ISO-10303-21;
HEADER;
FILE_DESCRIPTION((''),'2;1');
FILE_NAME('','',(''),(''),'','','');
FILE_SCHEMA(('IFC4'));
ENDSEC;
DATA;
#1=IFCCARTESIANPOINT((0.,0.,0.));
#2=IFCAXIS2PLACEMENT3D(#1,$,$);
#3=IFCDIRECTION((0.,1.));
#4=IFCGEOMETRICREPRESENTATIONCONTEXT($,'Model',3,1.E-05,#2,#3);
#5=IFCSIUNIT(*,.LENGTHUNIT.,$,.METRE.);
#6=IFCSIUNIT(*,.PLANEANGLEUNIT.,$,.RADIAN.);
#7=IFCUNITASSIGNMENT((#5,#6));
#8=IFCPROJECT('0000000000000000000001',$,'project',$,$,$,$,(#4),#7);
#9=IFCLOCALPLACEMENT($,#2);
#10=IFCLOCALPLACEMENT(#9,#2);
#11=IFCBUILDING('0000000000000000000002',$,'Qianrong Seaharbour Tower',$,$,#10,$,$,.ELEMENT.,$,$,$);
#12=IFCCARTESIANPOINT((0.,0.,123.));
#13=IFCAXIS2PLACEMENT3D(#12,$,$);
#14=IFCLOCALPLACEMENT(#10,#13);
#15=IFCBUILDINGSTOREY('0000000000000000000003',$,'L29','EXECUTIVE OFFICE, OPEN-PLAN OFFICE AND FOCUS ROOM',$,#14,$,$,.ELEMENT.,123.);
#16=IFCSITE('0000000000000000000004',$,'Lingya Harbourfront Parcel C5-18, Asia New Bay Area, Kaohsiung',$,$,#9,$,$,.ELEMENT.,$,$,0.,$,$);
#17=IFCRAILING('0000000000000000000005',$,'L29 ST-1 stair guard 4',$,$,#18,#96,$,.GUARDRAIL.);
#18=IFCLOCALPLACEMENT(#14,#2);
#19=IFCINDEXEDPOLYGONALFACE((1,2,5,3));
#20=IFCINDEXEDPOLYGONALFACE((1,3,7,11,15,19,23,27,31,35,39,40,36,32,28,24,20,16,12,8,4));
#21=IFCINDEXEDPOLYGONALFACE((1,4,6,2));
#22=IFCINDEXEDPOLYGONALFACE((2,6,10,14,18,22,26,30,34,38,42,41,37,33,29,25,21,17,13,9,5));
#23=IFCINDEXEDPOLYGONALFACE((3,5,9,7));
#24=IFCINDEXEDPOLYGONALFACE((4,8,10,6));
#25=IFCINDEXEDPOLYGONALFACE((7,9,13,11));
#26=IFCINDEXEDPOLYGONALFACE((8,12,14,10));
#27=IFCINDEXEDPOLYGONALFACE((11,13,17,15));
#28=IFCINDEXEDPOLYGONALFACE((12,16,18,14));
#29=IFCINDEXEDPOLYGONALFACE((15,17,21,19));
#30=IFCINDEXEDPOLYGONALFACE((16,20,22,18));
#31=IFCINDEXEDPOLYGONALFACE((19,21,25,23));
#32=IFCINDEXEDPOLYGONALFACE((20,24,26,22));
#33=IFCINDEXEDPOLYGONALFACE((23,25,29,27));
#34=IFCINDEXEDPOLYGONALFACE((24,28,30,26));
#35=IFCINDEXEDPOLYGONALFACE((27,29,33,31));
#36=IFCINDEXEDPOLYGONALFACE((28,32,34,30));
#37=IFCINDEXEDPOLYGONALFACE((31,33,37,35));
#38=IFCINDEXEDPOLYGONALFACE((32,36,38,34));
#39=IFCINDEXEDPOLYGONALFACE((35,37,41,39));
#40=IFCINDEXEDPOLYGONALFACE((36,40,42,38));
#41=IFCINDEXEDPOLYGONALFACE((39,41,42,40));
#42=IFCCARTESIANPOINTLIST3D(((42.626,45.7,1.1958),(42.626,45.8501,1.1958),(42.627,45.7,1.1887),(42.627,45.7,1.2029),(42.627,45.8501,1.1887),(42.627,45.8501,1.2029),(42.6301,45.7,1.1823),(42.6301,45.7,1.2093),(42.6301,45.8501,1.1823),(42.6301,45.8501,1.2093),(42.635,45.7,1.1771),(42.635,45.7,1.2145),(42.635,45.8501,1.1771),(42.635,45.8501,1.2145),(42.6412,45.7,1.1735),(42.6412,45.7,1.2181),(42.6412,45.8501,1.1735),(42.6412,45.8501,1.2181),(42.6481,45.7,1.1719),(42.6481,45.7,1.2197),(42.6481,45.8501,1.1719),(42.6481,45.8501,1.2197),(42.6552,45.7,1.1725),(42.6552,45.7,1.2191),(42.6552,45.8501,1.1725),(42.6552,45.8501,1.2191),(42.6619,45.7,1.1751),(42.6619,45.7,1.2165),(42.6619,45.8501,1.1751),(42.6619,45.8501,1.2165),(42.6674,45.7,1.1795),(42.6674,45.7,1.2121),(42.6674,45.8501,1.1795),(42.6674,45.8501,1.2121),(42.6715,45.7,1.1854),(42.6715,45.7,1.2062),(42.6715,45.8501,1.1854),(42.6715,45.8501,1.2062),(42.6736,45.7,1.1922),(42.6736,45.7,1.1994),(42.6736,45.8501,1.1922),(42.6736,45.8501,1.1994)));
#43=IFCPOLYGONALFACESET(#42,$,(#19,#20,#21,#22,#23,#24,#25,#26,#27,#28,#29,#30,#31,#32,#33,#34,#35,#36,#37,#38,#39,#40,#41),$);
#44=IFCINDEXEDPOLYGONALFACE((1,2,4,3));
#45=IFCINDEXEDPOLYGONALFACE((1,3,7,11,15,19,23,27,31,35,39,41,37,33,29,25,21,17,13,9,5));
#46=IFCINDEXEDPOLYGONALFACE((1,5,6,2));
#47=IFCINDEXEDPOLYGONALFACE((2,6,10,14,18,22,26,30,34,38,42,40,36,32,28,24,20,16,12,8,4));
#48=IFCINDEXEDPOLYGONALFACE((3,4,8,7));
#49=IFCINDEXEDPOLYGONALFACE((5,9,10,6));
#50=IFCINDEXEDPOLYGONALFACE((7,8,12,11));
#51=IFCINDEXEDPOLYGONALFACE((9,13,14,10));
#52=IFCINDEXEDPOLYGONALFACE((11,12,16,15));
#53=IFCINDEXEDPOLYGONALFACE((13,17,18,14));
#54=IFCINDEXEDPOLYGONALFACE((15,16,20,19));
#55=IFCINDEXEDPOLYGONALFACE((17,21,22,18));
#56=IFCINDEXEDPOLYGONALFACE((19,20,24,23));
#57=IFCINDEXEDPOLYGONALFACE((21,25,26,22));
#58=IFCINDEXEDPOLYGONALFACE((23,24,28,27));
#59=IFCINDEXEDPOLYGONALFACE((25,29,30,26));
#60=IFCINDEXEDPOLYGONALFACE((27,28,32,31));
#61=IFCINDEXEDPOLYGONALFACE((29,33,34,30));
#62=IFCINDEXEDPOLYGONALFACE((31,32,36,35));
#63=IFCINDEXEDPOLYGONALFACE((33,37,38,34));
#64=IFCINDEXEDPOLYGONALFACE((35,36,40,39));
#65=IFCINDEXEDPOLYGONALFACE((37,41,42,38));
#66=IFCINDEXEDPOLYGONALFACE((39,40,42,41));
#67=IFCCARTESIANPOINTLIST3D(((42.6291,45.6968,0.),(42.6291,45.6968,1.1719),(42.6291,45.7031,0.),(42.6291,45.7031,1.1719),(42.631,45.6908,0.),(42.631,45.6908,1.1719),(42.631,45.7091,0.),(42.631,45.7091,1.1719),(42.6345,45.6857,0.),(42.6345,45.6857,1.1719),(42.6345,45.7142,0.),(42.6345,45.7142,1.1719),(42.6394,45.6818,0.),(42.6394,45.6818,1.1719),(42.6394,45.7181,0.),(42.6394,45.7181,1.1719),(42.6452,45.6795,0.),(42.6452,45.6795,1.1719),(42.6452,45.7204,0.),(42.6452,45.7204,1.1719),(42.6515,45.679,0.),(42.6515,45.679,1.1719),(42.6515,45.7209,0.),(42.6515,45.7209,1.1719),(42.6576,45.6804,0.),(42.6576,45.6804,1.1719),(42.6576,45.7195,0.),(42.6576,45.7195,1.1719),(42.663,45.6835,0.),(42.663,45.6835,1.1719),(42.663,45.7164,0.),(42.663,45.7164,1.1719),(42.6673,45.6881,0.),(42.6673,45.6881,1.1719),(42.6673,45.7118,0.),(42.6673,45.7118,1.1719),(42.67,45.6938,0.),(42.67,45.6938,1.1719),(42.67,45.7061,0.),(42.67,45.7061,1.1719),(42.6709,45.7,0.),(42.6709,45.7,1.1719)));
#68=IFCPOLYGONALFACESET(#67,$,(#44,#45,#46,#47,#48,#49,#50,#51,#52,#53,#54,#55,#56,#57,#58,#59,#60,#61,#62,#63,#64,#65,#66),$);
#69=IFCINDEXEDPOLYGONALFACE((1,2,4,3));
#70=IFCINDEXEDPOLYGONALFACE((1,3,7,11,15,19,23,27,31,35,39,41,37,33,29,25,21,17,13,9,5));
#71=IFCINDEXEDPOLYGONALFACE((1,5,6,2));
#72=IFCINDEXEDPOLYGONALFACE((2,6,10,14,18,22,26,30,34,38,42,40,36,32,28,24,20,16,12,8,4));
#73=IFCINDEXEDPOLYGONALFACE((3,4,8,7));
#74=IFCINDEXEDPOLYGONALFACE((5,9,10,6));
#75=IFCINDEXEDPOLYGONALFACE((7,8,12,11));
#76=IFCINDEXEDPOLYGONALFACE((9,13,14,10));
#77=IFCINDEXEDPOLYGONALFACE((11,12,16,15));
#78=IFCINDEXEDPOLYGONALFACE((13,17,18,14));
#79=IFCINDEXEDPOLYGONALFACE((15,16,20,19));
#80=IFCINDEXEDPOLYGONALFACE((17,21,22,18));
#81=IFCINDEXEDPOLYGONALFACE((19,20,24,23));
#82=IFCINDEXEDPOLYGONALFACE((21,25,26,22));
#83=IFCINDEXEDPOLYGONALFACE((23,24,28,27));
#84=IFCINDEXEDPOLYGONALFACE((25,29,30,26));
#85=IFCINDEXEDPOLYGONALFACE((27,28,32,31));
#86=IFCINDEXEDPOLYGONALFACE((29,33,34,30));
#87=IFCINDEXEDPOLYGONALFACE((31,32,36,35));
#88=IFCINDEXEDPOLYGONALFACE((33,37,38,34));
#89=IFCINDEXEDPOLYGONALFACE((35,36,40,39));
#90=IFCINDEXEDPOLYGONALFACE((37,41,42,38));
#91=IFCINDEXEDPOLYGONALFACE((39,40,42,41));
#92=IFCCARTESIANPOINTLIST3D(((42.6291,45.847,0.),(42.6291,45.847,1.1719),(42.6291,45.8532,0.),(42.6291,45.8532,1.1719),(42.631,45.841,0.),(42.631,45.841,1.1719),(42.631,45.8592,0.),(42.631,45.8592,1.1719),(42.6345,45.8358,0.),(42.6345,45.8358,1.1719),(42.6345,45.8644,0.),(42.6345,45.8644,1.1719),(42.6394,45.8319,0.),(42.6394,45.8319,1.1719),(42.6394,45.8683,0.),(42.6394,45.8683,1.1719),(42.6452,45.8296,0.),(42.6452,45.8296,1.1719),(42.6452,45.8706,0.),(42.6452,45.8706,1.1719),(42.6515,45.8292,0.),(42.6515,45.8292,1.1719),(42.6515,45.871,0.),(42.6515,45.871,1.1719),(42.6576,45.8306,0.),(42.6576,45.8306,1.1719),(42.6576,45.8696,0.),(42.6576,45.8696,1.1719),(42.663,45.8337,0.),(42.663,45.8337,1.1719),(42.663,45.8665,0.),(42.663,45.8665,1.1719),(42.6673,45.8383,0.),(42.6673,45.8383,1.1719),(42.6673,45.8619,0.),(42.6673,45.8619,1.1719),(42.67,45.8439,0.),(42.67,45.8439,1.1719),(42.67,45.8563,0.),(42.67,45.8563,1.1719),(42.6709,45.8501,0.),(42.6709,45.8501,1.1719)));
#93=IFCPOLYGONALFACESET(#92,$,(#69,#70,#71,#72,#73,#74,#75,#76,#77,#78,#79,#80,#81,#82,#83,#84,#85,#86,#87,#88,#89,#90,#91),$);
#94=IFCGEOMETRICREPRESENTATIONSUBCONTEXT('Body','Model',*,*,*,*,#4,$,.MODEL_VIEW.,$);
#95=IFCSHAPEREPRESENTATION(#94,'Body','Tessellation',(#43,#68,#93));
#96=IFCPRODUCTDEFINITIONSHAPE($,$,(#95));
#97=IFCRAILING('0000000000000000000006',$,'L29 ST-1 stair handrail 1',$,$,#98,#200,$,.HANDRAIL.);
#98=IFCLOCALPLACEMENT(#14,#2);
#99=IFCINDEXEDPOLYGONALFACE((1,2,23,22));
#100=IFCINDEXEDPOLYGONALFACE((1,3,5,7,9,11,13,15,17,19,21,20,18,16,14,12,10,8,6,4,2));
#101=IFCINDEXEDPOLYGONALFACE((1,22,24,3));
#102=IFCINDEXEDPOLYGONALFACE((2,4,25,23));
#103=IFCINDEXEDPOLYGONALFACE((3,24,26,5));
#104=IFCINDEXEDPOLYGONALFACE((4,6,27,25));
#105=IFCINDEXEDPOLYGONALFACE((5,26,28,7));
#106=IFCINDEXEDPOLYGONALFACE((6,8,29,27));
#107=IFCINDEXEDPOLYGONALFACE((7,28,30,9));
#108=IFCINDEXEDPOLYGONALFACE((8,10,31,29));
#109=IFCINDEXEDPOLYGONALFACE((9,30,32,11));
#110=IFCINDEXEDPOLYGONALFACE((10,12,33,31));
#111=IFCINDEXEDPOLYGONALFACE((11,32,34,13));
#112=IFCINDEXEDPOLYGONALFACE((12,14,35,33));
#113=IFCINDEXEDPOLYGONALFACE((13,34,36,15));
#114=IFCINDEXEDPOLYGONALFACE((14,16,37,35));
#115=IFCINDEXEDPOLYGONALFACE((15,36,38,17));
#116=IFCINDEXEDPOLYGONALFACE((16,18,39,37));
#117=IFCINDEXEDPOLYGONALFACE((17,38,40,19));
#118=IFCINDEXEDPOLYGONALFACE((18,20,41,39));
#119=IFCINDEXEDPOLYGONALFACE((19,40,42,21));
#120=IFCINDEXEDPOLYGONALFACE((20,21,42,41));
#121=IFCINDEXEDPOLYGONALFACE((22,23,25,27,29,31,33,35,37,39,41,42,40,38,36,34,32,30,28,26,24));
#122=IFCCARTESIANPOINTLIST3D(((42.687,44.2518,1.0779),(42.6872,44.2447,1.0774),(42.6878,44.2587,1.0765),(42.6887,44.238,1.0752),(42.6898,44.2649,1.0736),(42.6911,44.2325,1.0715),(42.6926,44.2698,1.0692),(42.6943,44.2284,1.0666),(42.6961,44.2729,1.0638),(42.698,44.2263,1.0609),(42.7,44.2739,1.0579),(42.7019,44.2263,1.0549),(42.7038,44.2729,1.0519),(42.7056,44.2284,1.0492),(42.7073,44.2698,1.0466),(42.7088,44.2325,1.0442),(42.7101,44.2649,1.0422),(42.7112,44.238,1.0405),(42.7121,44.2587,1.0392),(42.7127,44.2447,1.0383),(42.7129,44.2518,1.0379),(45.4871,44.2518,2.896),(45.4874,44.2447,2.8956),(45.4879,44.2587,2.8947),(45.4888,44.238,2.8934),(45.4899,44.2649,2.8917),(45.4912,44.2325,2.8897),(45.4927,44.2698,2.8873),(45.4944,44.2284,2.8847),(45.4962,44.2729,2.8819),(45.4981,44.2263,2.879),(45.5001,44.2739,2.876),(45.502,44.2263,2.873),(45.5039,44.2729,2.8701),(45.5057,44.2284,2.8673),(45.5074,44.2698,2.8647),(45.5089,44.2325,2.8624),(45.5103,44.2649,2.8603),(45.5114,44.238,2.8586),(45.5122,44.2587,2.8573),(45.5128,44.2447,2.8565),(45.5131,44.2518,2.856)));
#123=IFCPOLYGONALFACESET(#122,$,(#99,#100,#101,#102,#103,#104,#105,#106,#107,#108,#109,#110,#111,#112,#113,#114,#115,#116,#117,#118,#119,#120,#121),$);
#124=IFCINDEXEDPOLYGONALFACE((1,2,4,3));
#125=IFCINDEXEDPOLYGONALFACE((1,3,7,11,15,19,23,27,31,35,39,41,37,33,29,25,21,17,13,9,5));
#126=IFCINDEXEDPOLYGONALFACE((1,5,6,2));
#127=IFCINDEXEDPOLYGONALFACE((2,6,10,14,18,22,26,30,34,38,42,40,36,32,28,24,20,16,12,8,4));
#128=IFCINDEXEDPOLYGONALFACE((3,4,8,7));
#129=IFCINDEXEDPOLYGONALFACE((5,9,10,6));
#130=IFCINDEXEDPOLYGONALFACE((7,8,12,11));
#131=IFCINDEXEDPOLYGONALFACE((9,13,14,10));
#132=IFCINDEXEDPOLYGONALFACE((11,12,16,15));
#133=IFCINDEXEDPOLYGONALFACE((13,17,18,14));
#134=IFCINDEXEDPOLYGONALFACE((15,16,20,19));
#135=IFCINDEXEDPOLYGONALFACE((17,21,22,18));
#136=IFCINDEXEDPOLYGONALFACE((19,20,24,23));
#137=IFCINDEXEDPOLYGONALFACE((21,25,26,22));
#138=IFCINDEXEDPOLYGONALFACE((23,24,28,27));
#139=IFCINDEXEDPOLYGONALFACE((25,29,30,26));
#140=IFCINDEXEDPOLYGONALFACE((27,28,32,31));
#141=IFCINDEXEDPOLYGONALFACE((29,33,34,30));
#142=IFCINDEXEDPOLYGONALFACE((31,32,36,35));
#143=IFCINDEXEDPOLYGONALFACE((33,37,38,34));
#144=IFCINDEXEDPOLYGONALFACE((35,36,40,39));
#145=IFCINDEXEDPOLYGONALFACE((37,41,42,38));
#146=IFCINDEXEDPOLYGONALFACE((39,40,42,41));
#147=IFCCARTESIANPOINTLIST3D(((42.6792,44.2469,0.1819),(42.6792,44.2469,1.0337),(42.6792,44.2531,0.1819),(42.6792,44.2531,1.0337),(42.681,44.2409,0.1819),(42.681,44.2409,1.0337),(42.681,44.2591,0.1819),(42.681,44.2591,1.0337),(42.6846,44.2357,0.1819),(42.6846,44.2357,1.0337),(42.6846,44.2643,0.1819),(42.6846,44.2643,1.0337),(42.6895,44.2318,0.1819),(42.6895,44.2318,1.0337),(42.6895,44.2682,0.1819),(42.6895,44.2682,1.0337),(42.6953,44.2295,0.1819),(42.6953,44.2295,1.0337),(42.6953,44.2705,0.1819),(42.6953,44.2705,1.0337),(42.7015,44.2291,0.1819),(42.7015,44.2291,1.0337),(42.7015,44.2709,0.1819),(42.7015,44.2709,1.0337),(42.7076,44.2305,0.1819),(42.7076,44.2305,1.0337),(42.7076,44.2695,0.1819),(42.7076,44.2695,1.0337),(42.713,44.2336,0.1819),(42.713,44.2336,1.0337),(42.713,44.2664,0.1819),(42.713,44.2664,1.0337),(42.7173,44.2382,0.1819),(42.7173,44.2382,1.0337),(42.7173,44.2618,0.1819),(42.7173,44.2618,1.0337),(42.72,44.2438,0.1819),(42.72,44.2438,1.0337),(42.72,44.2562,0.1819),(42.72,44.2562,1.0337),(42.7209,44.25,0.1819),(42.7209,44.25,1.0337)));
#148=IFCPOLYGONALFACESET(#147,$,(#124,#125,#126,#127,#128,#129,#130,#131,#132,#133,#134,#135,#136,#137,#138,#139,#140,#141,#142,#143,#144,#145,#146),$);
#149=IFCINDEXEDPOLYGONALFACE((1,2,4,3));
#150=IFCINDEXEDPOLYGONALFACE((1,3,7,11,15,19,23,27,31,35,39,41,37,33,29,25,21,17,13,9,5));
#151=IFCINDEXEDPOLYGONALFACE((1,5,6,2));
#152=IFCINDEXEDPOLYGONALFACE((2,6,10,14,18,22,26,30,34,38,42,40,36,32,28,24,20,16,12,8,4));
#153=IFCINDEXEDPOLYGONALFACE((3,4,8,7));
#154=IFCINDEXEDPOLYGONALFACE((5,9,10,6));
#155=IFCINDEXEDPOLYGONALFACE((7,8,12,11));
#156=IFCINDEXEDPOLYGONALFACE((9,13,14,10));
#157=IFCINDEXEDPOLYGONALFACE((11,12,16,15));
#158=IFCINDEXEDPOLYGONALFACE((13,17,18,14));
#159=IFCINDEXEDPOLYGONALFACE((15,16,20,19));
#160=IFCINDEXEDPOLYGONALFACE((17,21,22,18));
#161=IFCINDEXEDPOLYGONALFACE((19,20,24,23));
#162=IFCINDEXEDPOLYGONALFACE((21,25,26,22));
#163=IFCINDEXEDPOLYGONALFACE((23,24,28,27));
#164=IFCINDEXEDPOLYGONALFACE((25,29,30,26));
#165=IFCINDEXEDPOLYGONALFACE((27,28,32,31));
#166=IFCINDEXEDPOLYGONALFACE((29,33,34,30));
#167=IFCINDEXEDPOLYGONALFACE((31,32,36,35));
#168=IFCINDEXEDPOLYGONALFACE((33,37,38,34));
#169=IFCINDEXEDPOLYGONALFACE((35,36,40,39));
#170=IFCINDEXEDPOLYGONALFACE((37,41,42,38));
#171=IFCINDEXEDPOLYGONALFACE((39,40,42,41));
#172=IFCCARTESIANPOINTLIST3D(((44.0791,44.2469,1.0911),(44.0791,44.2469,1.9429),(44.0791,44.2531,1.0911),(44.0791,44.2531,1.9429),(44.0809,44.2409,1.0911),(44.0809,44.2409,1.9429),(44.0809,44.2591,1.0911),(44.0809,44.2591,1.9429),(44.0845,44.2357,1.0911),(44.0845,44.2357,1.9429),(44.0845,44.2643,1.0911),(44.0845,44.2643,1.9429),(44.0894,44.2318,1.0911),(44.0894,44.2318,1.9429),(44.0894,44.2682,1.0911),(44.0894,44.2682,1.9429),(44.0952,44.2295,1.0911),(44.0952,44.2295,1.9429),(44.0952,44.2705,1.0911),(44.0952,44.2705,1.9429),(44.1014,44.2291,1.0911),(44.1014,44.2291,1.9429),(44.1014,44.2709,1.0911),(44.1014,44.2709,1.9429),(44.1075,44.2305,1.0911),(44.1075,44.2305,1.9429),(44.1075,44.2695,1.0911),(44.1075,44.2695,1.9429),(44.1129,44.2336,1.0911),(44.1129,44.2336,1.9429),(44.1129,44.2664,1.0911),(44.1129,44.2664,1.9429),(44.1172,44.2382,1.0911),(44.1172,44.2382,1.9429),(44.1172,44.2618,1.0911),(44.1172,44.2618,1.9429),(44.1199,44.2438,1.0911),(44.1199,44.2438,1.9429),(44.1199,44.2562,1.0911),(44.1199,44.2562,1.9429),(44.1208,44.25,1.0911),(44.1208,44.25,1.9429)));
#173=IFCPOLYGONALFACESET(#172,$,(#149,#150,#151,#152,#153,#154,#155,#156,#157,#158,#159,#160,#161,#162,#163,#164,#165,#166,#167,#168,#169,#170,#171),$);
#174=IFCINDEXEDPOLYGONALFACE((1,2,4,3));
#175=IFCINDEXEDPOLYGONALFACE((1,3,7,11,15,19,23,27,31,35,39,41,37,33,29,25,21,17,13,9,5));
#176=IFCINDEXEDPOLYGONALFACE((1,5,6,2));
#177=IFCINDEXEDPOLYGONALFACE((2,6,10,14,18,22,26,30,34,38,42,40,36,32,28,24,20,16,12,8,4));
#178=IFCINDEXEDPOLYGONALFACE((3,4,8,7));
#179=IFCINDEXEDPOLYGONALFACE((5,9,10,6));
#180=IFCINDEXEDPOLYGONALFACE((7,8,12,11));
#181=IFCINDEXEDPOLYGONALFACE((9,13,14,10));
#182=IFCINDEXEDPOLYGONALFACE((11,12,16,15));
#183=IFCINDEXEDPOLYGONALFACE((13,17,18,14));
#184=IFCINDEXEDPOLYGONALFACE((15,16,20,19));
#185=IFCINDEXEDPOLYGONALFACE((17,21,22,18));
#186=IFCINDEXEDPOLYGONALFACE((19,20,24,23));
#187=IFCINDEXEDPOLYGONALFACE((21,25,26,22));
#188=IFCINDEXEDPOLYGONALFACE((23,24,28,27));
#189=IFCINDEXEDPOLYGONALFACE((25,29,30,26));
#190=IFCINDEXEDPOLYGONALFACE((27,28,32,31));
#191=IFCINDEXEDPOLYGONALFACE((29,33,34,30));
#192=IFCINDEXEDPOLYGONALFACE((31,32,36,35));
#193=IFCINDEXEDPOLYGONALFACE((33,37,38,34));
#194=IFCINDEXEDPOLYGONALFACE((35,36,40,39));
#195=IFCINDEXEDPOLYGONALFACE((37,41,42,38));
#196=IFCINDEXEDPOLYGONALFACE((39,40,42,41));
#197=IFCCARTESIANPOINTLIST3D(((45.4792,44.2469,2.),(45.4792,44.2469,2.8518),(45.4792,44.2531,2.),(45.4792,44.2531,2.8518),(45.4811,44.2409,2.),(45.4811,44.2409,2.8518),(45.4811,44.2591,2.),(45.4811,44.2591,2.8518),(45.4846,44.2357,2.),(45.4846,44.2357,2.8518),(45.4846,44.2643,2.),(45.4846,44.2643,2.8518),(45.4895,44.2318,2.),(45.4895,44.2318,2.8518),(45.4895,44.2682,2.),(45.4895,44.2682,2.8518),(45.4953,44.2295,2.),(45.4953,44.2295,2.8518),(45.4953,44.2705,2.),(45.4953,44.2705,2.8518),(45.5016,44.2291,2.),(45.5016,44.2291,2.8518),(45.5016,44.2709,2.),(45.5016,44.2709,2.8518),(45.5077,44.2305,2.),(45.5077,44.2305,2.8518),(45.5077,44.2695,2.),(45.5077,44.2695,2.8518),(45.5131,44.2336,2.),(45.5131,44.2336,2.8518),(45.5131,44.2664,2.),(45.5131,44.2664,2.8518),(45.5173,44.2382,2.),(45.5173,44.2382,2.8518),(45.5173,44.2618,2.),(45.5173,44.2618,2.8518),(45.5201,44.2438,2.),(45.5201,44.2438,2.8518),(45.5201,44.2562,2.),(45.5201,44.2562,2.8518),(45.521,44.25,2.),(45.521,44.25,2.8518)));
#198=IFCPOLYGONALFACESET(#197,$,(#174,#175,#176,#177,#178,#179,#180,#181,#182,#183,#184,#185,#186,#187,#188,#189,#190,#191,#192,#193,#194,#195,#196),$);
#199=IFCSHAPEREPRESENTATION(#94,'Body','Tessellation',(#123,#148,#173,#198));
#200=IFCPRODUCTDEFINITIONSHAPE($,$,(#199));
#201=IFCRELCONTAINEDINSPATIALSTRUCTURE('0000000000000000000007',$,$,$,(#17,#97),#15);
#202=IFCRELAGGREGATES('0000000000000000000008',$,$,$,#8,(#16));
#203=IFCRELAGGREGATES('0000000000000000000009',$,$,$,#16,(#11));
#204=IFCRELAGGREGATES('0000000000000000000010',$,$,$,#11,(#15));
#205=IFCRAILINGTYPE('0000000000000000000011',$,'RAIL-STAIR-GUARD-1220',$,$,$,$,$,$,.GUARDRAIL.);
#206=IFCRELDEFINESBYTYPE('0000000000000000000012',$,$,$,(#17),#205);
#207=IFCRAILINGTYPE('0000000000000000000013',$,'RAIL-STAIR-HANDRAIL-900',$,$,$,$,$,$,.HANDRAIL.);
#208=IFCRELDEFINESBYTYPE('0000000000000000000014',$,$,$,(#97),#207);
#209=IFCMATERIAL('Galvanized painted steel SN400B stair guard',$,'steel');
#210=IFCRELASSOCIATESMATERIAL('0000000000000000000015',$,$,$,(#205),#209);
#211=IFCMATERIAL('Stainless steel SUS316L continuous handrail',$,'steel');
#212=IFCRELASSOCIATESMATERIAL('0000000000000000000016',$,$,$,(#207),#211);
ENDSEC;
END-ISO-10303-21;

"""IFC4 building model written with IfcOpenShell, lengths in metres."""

from ifc_helpers import new_model, si_unit, direction, frame, origin, origin_2d, place, context, subcontext, project, spatial, circle, extrude, material, type_object, element, save


model = new_model("IFC4")

# Units and contexts
model_context = context("Model", 3, precision=1e-05, world=origin(), true_north=direction((0.0, 1.0)))
body_context = subcontext(model_context, "Body", "Model", "MODEL_VIEW")
ifc_project = project(units=[si_unit("LENGTHUNIT", "METRE"), si_unit("PLANEANGLEUNIT", "RADIAN")], contexts=[model_context])

# Site, building, storey
site_placement = place(None, origin())
site = spatial("IfcSite", under=ifc_project, at=site_placement, Name="Lingya Harbourfront Parcel C5-18, Asia New Bay Area, Kaohsiung", CompositionType="ELEMENT", RefElevation=0.0)
building_placement = place(site_placement, origin())
building = spatial("IfcBuilding", under=site, at=building_placement, Name="Qianrong Seaharbour Tower", CompositionType="ELEMENT")
storey_placement = place(building_placement, frame((0.0, 0.0, 123.0)))
storey = spatial("IfcBuildingStorey", under=building, at=storey_placement, Name="L29", Description="EXECUTIVE OFFICE, OPEN-PLAN OFFICE AND FOCUS ROOM", CompositionType="ELEMENT", Elevation=123.0)

# Railings
ifc_material_1 = material(Name="Galvanized painted steel SN400B stair guard", Category="steel")
railing_type_1 = type_object("IfcRailingType", Name="RAIL-STAIR-GUARD-1220", PredefinedType="GUARDRAIL", material=ifc_material_1)
for number, where, name in (
    (1, (42.6499, 45.7, 0.0), "L29 ST-1 stair guard 4"),
):
    element("IfcRailing", number, at=place(storey_placement, frame(where)), inside=storey, type_object=railing_type_1, Name=name, PredefinedType="GUARDRAIL", context=body_context, shape_type="SweptSolid", body=[
        extrude(circle(Radius=0.0239, at=origin_2d()), frame((0.0, 0.0, 1.1958), z_axis=(0.0, 1.0, 0.0), x_axis=(-1.0, 0.0, 0.0)), (0.0, 0.0, 1.0), 0.1501),
        extrude(circle(Radius=0.021, at=origin_2d()), origin(), (0.0, 0.0, 1.0), 1.1719),
        extrude(circle(Radius=0.021, at=origin_2d()), frame((0.0, 0.1501, 0.0)), (0.0, 0.0, 1.0), 1.1719),
    ])
ifc_material_2 = material(Name="Stainless steel SUS316L continuous handrail", Category="steel")
railing_type_2 = type_object("IfcRailingType", Name="RAIL-STAIR-HANDRAIL-900", PredefinedType="HANDRAIL", material=ifc_material_2)
railing_1_placement = place(storey_placement, frame((42.7, 44.25, 0.1819)))
element("IfcRailing", 2, at=railing_1_placement, inside=storey, type_object=railing_type_2, Name="L29 ST-1 stair handrail 1", PredefinedType="HANDRAIL", context=body_context, shape_type="SweptSolid", body=[
    extrude(circle(Radius=0.0239, at=origin_2d()), frame((0.0, 0.0, 0.876), z_axis=(0.838706, 0.0, 0.544585), x_axis=(0.0, 1.0, 0.0)), (0.0, 0.0, 1.0), 3.3386),
    extrude(circle(Radius=0.021, at=origin_2d()), origin(), (0.0, 0.0, 1.0), 0.8518),
    extrude(circle(Radius=0.021, at=origin_2d()), frame((1.3999, 0.0, 0.9092)), (0.0, 0.0, 1.0), 0.8518),
    extrude(circle(Radius=0.021, at=origin_2d()), frame((2.8, 0.0, 1.8181)), (0.0, 0.0, 1.0), 0.8518),
])

save(model, "model.ifc")
